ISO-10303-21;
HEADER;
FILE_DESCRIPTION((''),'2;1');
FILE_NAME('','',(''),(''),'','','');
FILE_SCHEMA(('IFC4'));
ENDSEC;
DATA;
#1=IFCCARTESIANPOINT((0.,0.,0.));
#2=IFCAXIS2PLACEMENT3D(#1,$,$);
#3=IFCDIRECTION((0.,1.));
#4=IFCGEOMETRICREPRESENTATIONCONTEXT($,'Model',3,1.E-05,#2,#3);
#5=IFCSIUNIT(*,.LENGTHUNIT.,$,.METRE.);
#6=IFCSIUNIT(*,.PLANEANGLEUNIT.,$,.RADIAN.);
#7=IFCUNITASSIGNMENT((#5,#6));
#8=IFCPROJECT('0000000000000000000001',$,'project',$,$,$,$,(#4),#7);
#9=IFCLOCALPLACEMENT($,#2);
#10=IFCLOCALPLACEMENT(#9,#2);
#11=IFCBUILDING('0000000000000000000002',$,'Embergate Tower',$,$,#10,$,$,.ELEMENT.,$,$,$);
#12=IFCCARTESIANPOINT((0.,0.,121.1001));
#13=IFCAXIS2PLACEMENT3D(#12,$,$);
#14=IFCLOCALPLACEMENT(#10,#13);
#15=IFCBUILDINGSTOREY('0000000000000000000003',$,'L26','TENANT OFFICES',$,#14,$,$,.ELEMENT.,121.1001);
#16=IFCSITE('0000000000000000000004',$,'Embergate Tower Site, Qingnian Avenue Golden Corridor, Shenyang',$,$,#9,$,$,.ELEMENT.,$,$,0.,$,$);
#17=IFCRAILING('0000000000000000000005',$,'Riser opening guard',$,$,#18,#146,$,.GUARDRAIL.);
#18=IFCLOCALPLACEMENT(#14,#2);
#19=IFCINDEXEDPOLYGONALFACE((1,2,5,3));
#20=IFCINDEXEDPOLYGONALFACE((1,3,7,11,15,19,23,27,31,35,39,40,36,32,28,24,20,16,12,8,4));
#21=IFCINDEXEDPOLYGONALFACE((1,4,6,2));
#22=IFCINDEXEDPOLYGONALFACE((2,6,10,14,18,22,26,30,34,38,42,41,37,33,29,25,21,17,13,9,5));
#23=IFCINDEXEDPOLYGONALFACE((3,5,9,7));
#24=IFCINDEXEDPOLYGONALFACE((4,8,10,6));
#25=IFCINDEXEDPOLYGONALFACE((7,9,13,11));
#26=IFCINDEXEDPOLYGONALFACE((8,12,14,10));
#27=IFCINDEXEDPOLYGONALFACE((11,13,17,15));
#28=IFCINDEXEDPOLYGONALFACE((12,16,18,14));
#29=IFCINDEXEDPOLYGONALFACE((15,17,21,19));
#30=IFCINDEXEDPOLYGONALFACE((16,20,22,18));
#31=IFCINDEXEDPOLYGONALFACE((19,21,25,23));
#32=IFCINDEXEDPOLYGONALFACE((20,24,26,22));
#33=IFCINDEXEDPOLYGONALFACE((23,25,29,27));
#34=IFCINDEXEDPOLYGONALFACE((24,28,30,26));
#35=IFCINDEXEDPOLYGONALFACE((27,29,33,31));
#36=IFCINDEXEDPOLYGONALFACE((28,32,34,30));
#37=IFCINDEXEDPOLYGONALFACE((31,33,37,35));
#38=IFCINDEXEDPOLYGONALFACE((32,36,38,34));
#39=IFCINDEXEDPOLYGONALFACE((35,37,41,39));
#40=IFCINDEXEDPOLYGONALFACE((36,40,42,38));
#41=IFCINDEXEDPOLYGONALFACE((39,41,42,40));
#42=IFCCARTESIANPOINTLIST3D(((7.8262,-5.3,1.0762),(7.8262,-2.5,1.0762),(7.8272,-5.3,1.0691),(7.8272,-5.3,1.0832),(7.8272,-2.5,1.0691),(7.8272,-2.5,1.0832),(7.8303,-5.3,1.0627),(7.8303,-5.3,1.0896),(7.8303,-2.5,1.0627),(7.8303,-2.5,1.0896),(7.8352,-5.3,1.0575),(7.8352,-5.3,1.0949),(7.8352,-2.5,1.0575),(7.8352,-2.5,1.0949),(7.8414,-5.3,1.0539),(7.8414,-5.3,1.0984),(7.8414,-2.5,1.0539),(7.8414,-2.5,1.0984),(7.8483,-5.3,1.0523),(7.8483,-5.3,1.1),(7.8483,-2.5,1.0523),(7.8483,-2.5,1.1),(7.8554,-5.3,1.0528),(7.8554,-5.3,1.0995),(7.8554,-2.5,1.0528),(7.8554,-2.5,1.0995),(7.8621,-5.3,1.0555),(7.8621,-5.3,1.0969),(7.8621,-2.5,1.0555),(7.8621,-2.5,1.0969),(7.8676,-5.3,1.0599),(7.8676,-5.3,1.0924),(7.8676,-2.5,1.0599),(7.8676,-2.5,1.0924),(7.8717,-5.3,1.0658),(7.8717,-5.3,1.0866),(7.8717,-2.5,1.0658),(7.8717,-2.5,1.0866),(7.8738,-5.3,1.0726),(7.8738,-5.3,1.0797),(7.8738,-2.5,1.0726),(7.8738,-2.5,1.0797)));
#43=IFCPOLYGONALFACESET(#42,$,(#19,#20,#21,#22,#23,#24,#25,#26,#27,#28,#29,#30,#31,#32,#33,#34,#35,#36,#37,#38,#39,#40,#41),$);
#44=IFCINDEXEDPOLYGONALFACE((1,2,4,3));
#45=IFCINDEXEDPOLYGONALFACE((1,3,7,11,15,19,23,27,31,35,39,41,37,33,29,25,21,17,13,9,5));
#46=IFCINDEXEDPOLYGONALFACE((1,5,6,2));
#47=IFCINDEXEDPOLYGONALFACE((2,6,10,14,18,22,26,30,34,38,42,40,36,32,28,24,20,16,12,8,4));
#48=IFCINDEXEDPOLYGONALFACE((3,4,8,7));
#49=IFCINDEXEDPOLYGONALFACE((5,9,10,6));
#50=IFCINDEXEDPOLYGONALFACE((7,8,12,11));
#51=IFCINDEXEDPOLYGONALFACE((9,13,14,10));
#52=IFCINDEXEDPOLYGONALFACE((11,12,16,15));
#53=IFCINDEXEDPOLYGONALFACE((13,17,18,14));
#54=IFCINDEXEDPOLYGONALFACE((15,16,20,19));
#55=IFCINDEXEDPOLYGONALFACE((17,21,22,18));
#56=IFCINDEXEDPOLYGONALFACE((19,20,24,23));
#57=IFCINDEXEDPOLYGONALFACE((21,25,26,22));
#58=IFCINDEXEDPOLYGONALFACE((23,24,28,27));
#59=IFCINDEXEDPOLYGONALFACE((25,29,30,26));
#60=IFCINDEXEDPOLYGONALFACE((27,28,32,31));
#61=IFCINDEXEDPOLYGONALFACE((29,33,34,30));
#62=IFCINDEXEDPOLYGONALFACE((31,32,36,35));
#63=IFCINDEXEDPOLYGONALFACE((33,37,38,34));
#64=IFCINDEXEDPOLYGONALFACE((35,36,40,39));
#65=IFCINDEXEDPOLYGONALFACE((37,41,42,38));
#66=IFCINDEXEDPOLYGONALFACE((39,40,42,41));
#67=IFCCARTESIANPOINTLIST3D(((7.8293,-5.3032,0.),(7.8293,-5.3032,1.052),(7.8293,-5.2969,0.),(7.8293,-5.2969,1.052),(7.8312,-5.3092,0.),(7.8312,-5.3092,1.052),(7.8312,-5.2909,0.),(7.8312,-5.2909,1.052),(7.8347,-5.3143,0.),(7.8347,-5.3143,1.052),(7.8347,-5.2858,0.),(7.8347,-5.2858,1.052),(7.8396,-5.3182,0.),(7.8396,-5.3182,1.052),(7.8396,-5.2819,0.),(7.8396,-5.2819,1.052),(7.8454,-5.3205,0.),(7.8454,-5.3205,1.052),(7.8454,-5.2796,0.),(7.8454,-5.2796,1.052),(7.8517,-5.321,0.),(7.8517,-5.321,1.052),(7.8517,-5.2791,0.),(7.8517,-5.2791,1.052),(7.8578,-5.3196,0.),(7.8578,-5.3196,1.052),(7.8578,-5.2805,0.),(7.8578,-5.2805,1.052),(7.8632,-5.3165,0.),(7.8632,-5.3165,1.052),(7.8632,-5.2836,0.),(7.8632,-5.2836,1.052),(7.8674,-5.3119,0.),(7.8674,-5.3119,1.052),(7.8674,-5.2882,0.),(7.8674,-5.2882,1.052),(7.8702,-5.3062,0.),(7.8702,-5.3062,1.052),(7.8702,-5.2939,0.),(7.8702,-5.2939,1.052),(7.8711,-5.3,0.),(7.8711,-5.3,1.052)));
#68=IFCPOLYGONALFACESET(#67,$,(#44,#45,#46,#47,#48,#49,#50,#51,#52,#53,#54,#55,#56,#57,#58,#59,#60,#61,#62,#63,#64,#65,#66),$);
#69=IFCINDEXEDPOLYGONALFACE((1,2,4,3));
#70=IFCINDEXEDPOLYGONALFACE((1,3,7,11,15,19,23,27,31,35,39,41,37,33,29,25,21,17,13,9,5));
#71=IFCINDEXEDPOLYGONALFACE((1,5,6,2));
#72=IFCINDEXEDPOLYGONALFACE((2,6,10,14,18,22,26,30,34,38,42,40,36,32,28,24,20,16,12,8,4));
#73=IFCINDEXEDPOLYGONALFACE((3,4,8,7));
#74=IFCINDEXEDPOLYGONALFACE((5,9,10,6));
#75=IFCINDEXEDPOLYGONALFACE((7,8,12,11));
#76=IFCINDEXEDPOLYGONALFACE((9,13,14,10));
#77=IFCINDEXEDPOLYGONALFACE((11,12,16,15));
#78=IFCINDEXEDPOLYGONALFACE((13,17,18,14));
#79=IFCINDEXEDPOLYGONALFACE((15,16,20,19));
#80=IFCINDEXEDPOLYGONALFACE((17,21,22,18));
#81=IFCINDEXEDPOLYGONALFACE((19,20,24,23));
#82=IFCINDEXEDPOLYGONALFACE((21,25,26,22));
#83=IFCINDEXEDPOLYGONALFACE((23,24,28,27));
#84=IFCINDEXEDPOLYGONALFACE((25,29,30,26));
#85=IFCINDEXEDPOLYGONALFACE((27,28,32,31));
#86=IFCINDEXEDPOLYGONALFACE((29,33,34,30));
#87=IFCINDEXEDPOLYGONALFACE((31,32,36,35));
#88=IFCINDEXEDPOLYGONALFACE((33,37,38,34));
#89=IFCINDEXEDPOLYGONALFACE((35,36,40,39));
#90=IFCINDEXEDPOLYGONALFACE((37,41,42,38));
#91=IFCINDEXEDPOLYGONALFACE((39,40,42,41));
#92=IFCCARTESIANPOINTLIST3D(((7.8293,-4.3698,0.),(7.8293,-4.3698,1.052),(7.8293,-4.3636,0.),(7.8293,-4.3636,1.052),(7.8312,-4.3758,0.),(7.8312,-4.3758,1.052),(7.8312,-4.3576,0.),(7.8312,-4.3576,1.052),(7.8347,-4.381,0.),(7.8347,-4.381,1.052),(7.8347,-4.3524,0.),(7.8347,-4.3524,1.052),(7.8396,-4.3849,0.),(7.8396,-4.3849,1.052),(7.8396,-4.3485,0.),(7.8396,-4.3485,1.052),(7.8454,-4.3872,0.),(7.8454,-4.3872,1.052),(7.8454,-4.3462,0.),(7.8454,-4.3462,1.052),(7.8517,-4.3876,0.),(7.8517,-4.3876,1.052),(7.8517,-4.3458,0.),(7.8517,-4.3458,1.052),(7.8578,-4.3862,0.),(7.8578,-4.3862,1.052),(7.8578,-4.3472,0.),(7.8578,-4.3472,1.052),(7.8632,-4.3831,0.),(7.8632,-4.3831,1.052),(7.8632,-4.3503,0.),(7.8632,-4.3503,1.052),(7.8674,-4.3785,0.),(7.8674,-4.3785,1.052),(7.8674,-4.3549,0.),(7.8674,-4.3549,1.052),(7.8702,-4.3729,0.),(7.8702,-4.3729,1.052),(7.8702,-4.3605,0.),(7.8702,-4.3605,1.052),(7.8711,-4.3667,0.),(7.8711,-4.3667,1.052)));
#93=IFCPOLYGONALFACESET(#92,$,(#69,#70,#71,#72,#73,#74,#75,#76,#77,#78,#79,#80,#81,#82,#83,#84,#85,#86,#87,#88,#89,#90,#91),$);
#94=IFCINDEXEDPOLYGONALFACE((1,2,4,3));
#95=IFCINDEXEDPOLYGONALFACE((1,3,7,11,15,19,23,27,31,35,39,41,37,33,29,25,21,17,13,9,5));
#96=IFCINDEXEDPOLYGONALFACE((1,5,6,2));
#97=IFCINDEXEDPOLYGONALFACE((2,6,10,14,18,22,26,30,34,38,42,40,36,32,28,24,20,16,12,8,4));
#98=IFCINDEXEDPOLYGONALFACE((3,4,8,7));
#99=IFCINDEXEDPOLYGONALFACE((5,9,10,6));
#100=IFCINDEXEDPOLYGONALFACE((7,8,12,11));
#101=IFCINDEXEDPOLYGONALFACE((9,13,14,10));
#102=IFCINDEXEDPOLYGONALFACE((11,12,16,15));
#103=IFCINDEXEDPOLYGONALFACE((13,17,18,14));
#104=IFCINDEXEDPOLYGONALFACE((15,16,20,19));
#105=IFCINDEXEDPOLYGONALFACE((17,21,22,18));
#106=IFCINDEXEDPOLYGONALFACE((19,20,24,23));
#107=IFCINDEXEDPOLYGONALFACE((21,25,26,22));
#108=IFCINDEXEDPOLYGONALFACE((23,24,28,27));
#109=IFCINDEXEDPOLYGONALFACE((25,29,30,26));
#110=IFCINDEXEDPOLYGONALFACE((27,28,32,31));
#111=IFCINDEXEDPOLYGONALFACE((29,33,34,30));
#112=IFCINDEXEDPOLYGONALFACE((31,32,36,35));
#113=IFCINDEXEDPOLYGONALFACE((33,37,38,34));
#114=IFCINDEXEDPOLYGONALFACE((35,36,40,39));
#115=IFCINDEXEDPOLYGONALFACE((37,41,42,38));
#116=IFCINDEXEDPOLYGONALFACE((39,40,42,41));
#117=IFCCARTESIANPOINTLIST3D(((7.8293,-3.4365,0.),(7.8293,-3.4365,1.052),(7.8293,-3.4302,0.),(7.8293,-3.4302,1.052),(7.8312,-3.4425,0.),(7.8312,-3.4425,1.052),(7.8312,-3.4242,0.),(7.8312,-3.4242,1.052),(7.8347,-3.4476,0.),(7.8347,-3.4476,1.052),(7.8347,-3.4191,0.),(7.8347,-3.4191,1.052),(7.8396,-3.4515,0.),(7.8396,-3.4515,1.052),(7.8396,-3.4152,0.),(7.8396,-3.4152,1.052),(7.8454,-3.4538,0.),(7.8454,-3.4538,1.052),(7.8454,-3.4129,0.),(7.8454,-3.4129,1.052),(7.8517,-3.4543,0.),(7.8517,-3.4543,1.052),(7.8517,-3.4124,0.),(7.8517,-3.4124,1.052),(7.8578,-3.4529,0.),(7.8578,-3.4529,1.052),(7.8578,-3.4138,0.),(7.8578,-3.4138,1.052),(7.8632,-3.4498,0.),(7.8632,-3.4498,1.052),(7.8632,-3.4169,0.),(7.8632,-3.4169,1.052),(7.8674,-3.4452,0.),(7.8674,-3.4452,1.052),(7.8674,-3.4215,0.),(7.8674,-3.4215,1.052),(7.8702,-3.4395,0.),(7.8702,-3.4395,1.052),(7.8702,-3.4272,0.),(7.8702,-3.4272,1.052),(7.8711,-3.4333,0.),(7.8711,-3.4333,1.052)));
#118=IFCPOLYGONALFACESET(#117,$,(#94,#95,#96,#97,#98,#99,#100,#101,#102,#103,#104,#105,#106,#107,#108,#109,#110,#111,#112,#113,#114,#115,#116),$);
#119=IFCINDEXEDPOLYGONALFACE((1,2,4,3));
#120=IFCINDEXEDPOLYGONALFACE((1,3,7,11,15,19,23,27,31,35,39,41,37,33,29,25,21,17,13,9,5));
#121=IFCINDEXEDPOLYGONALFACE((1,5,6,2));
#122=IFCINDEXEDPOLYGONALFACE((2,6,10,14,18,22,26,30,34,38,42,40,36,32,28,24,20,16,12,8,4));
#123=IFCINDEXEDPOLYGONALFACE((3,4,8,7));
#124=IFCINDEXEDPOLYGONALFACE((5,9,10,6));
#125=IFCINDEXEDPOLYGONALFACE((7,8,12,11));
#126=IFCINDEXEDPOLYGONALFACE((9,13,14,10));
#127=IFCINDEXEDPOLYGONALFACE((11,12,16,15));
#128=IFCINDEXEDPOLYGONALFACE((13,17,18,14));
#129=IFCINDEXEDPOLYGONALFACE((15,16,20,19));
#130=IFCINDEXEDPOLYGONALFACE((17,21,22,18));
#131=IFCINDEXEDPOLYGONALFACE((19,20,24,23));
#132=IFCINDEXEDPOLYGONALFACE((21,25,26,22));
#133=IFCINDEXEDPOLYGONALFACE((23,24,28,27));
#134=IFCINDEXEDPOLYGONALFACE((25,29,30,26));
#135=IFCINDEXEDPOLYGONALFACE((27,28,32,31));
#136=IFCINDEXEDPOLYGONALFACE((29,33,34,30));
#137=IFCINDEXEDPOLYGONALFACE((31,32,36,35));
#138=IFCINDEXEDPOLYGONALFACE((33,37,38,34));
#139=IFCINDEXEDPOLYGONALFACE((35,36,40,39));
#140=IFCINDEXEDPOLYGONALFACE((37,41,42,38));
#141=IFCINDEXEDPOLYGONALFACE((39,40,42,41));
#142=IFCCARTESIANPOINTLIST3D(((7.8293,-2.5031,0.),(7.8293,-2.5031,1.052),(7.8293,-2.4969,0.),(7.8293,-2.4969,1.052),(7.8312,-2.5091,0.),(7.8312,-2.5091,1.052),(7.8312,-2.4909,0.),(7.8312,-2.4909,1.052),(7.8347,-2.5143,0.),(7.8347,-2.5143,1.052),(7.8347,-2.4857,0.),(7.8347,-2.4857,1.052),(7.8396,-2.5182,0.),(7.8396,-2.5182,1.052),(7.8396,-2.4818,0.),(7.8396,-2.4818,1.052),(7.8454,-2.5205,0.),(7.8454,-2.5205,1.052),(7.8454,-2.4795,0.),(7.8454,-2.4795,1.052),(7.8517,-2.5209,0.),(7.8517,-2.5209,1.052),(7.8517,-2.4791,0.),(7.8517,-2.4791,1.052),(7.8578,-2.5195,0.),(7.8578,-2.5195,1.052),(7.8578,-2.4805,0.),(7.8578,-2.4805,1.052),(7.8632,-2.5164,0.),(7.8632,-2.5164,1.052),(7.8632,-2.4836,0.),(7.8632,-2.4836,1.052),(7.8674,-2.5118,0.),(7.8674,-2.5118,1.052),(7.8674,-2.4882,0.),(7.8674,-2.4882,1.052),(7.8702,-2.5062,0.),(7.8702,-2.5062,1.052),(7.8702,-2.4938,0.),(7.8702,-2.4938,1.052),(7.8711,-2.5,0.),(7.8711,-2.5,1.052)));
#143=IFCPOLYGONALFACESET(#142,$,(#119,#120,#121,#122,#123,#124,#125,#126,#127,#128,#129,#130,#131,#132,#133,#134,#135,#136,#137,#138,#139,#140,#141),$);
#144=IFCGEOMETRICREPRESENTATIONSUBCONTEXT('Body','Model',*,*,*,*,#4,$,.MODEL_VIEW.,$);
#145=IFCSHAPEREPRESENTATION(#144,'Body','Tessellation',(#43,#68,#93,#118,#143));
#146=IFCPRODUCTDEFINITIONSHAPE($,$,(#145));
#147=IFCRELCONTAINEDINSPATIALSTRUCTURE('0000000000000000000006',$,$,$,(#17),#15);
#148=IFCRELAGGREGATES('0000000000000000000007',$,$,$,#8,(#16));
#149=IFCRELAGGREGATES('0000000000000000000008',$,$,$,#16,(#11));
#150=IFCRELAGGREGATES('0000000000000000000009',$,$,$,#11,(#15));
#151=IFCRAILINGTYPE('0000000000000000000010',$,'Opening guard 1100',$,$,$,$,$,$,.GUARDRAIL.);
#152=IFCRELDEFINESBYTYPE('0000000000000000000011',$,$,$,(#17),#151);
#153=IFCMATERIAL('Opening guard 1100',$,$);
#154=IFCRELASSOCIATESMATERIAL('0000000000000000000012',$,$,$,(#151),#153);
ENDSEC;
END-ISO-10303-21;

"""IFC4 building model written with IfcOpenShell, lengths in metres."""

from ifc_helpers import new_model, si_unit, direction, frame, origin, origin_2d, place, context, subcontext, project, spatial, circle, extrude, source, transform, mapped, material, type_object, element, save


model = new_model("IFC4")

# Units and contexts
model_context = context("Model", 3, precision=1e-05, world=origin(), true_north=direction((0.0, 1.0)))
body_context = subcontext(model_context, "Body", "Model", "MODEL_VIEW")
ifc_project = project(units=[si_unit("LENGTHUNIT", "METRE"), si_unit("PLANEANGLEUNIT", "RADIAN")], contexts=[model_context])

# Site, building, storey
site_placement = place(None, origin())
site = spatial("IfcSite", under=ifc_project, at=site_placement, Name="Embergate Tower Site, Qingnian Avenue Golden Corridor, Shenyang", CompositionType="ELEMENT", RefElevation=0.0)
building_placement = place(site_placement, origin())
building = spatial("IfcBuilding", under=site, at=building_placement, Name="Embergate Tower", CompositionType="ELEMENT")
storey_placement = place(building_placement, frame((0.0, 0.0, 121.1001)))
storey = spatial("IfcBuildingStorey", under=building, at=storey_placement, Name="L26", Description="TENANT OFFICES", CompositionType="ELEMENT", Elevation=121.1001)

# Railing
ifc_material_1 = material(Name="Opening guard 1100")
railing_type = type_object("IfcRailingType", Name="Opening guard 1100", PredefinedType="GUARDRAIL", material=ifc_material_1)
shared_shape_1 = source(origin(), body_context, "Body", "SweptSolid", [
    extrude(circle(Radius=0.0239, at=origin_2d()), frame((0.0, 0.0, 1.0762), z_axis=(0.0, 1.0, 0.0), x_axis=(-1.0, 0.0, 0.0)), (0.0, 0.0, 1.0), 2.8),
    extrude(circle(Radius=0.021, at=origin_2d()), origin(), (0.0, 0.0, 1.0), 1.052),
    extrude(circle(Radius=0.021, at=origin_2d()), frame((0.0, 0.9333, 0.0)), (0.0, 0.0, 1.0), 1.052),
    extrude(circle(Radius=0.021, at=origin_2d()), frame((0.0, 1.8667, 0.0)), (0.0, 0.0, 1.0), 1.052),
    extrude(circle(Radius=0.021, at=origin_2d()), frame((0.0, 2.8, 0.0)), (0.0, 0.0, 1.0), 1.052),
])
railing_placement = place(storey_placement, frame((7.8501, -5.3, 0.0)))
element("IfcRailing", 1, at=railing_placement, inside=storey, type_object=railing_type, Name="Riser opening guard", PredefinedType="GUARDRAIL", context=body_context, shape_type="MappedRepresentation", body=[
    mapped(shared_shape_1, transform((0.0, 0.0, 0.0))),
])

save(model, "model.ifc")
